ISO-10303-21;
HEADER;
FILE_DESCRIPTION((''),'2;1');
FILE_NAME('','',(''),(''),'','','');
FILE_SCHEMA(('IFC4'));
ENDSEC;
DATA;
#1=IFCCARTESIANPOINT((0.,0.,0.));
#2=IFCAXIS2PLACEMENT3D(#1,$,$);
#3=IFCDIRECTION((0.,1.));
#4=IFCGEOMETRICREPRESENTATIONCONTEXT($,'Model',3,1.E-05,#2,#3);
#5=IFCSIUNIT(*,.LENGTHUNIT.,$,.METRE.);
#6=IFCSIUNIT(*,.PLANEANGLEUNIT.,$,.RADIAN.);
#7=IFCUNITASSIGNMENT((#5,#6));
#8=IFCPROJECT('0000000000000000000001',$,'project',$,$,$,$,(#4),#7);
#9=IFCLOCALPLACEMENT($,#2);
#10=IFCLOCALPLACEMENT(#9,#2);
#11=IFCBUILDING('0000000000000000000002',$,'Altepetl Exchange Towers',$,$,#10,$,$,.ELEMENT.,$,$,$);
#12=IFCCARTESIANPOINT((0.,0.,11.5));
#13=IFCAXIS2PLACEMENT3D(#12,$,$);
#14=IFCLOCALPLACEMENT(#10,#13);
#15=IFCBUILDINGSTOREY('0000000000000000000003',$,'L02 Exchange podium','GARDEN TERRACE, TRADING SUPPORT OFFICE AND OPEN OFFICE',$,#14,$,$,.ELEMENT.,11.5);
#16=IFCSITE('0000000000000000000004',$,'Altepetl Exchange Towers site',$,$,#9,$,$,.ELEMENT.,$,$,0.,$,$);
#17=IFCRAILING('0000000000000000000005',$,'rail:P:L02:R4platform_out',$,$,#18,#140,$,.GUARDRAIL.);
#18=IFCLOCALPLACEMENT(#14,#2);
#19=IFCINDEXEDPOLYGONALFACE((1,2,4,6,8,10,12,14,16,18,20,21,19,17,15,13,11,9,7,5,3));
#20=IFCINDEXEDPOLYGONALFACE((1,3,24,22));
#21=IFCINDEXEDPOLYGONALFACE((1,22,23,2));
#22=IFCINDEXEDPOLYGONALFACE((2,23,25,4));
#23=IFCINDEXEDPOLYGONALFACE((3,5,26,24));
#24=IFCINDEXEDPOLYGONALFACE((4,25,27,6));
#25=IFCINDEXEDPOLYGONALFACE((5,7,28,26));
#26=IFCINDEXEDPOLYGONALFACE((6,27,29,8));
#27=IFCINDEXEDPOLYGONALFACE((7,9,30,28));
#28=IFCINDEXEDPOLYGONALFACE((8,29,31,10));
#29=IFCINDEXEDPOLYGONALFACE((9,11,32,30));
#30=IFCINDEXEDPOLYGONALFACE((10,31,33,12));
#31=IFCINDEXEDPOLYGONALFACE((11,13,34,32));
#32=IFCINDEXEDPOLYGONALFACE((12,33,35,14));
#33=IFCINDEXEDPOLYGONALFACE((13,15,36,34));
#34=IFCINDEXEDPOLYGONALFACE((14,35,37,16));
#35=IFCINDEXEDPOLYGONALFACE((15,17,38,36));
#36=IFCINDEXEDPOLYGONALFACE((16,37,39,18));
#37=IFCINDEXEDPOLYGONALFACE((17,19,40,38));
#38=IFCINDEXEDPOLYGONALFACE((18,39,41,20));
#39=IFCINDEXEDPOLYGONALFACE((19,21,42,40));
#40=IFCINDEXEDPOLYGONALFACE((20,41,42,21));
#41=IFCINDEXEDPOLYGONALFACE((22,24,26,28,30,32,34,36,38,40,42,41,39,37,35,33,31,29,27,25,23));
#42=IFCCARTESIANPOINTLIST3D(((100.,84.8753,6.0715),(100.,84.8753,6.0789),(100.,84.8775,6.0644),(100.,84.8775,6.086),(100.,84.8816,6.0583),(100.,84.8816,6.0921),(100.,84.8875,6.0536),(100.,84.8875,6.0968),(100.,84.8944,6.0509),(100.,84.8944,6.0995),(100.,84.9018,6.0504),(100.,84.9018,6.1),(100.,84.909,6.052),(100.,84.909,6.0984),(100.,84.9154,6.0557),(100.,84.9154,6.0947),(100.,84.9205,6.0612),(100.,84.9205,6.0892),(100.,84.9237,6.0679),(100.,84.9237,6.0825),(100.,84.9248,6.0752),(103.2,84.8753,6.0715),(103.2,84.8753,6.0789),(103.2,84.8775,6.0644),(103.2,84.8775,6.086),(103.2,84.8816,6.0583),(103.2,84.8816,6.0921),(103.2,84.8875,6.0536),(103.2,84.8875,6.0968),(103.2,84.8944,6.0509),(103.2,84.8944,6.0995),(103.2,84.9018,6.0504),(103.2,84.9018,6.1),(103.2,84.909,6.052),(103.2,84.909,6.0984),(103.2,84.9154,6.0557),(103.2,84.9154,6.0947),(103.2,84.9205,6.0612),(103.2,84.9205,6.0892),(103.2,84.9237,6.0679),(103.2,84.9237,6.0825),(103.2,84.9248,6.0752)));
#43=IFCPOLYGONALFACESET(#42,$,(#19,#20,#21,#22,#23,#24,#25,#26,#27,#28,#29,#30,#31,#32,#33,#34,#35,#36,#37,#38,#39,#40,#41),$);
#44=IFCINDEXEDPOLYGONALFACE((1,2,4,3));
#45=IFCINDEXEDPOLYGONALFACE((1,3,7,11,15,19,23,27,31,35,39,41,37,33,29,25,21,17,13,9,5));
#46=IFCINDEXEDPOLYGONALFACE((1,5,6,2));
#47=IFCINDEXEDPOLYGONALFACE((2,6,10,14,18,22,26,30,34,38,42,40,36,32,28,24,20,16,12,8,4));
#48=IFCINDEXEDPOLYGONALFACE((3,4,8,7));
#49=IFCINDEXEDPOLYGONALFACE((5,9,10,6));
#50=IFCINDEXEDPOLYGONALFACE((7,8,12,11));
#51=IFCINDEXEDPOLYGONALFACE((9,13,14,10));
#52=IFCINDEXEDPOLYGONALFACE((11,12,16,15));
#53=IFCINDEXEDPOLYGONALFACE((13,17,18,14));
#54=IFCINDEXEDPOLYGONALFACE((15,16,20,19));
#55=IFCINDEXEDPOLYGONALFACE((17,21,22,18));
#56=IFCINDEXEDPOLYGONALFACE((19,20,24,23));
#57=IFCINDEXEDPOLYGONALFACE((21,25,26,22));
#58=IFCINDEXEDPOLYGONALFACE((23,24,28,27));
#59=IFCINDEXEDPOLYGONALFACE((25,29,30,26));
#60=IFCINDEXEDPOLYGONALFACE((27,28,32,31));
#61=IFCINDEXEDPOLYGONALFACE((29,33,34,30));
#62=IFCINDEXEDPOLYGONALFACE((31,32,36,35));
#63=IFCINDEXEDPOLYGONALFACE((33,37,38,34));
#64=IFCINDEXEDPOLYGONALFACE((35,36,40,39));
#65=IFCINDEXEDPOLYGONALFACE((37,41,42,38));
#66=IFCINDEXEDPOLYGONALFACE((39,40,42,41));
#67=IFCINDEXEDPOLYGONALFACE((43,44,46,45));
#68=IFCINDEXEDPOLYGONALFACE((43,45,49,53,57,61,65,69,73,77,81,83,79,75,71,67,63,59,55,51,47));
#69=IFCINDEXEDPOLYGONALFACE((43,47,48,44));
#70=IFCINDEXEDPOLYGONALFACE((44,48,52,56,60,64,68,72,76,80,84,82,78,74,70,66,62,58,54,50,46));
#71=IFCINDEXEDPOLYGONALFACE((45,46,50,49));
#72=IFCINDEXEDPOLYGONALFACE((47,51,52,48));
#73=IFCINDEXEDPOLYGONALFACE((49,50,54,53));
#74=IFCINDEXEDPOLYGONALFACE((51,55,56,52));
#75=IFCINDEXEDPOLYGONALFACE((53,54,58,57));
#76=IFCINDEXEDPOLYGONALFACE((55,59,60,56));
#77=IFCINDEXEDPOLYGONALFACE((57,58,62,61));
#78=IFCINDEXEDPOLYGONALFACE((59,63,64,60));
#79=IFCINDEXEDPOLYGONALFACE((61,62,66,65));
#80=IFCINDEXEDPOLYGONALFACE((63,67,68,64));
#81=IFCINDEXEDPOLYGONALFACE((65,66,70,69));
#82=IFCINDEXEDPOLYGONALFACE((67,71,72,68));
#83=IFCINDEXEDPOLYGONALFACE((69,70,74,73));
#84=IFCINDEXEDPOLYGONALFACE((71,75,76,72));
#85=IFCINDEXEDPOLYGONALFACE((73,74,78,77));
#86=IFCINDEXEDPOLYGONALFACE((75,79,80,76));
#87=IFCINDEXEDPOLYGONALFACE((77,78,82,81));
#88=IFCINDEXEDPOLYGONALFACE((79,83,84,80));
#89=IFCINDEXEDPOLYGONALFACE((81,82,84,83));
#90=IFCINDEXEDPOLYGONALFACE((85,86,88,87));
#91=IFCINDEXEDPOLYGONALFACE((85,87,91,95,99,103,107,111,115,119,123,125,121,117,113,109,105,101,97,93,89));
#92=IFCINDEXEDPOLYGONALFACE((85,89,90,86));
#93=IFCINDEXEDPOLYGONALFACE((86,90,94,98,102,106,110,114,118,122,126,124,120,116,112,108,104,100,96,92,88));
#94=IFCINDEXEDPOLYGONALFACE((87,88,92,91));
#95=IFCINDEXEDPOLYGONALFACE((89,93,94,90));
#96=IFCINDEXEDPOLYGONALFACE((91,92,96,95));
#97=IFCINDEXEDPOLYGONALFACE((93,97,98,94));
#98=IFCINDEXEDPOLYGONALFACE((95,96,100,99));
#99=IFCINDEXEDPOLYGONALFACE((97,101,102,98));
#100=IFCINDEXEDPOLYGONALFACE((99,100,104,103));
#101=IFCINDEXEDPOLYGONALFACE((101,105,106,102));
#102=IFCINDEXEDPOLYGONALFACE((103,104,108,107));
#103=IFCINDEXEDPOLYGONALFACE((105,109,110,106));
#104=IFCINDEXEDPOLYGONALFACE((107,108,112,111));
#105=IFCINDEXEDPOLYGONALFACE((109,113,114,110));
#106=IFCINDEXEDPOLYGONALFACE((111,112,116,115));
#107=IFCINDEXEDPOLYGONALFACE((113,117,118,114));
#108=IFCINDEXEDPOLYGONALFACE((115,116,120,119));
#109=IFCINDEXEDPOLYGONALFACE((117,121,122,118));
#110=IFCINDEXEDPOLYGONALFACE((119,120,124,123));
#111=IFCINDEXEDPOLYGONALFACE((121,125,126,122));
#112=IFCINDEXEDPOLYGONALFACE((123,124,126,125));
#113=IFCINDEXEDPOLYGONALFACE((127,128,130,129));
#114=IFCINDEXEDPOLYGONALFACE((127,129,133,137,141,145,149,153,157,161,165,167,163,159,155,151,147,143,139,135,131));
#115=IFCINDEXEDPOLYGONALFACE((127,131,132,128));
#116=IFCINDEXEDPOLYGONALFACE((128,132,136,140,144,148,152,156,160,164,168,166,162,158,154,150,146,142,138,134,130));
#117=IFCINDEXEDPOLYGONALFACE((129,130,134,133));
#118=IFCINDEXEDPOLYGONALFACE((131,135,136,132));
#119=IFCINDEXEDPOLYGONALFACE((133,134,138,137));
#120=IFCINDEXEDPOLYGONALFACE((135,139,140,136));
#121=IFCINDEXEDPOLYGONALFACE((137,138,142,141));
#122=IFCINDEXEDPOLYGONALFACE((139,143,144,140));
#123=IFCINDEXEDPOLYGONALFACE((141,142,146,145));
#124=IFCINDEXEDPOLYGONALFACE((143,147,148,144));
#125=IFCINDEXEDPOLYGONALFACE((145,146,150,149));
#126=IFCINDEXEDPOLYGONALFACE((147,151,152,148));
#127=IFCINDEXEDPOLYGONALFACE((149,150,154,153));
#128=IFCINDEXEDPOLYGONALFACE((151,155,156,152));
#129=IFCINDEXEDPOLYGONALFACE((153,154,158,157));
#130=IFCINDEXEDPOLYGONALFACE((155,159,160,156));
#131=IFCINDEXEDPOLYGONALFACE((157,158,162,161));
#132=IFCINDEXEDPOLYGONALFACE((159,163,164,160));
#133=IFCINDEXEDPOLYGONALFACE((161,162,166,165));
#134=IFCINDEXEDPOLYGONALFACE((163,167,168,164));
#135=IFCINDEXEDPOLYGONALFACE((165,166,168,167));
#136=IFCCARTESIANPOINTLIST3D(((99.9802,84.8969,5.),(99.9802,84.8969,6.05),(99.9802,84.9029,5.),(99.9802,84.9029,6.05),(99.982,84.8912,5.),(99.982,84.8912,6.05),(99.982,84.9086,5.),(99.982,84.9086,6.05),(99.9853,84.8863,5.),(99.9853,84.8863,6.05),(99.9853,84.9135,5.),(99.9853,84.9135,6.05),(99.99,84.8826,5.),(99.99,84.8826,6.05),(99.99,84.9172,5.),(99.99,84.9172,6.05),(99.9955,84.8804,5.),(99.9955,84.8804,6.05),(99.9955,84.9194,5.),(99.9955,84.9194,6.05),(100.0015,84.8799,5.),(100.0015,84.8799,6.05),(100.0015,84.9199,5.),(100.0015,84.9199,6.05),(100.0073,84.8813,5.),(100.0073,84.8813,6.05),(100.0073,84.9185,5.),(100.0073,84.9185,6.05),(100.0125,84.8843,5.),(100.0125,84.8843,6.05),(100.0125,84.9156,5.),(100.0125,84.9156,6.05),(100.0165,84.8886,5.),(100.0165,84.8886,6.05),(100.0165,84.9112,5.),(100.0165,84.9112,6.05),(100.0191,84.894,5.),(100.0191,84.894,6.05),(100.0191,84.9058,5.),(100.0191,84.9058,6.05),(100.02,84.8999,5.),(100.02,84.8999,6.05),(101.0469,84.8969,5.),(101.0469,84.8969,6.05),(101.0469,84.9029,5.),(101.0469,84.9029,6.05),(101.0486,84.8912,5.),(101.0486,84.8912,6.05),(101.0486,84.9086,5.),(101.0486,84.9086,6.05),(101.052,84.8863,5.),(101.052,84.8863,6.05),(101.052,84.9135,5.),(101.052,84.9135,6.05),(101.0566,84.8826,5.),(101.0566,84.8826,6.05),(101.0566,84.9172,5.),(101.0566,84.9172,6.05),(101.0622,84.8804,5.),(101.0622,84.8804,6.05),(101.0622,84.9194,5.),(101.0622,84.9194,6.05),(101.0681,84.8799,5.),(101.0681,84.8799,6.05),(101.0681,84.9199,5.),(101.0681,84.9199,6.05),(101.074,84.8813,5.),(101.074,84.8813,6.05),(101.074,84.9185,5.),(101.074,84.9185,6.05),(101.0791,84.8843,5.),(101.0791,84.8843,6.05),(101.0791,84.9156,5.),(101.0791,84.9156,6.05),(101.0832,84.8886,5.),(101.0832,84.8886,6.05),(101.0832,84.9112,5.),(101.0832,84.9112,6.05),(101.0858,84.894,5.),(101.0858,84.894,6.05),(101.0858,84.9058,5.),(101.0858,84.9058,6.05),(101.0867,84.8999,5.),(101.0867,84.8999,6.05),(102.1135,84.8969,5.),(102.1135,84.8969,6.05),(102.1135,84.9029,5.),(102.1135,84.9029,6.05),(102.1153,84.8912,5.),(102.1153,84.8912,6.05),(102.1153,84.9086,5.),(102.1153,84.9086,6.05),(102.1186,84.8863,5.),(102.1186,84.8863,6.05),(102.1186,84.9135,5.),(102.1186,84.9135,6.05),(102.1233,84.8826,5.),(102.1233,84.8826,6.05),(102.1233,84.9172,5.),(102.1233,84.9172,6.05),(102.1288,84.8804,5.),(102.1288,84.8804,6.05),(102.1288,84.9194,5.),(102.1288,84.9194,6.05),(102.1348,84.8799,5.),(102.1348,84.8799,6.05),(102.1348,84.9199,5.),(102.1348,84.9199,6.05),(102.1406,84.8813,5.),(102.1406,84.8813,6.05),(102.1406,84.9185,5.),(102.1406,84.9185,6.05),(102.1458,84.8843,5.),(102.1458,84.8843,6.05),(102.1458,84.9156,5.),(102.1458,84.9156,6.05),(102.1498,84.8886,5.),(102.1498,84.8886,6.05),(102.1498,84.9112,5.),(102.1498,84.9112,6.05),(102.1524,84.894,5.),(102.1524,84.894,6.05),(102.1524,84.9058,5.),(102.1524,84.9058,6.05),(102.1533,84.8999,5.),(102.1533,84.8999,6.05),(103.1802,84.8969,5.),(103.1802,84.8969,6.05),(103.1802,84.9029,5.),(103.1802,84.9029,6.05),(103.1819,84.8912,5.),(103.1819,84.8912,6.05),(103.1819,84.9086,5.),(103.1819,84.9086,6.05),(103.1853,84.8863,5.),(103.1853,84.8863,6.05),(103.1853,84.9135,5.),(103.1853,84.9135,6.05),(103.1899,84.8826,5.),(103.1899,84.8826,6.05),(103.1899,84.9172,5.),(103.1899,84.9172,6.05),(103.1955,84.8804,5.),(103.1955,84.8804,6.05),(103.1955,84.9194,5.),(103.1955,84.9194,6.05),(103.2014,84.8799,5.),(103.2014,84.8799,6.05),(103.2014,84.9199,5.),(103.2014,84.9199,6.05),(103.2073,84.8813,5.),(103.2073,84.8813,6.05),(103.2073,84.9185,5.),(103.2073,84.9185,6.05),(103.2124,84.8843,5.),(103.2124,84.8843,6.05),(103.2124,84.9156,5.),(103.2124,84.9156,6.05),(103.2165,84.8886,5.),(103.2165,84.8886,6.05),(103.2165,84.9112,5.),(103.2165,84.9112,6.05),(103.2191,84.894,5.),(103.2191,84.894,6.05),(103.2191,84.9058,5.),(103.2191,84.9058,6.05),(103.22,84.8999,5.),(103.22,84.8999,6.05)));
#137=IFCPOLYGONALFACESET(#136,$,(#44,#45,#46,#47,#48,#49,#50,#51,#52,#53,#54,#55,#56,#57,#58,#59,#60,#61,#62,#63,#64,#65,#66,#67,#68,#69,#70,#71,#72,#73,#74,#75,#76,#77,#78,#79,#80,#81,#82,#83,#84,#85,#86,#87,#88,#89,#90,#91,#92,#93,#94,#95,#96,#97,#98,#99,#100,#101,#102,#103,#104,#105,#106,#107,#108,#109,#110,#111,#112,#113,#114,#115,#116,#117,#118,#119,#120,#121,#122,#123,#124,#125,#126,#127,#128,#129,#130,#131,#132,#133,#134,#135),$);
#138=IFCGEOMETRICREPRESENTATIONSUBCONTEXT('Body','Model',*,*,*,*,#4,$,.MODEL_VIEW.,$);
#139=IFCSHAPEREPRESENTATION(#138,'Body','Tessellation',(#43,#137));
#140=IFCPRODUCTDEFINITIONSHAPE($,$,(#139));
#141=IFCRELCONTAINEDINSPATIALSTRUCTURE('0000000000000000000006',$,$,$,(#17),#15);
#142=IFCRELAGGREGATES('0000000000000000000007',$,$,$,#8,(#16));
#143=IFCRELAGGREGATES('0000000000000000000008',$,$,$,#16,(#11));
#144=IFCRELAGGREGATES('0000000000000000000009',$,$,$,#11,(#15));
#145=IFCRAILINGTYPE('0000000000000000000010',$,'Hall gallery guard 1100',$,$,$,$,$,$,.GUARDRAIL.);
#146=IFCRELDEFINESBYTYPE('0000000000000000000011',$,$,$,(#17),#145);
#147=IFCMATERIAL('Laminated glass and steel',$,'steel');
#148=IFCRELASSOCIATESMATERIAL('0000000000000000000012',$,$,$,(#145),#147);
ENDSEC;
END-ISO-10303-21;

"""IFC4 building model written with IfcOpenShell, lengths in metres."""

from ifc_helpers import new_model, si_unit, direction, frame, origin, origin_2d, place, context, subcontext, project, spatial, circle, extrude, source, transform, mapped, material, type_object, element, save


model = new_model("IFC4")

# Units and contexts
model_context = context("Model", 3, precision=1e-05, world=origin(), true_north=direction((0.0, 1.0)))
body_context = subcontext(model_context, "Body", "Model", "MODEL_VIEW")
ifc_project = project(units=[si_unit("LENGTHUNIT", "METRE"), si_unit("PLANEANGLEUNIT", "RADIAN")], contexts=[model_context])

# Site, building, storey
site_placement = place(None, origin())
site = spatial("IfcSite", under=ifc_project, at=site_placement, Name="Altepetl Exchange Towers site", CompositionType="ELEMENT", RefElevation=0.0)
building_placement = place(site_placement, origin())
building = spatial("IfcBuilding", under=site, at=building_placement, Name="Altepetl Exchange Towers", CompositionType="ELEMENT")
storey_placement = place(building_placement, frame((0.0, 0.0, 11.5)))
storey = spatial("IfcBuildingStorey", under=building, at=storey_placement, Name="L02 Exchange podium", Description="GARDEN TERRACE, TRADING SUPPORT OFFICE AND OPEN OFFICE", CompositionType="ELEMENT", Elevation=11.5)

# Railing
ifc_material_1 = material(Name="Laminated glass and steel", Category="steel")
railing_type = type_object("IfcRailingType", Name="Hall gallery guard 1100", PredefinedType="GUARDRAIL", material=ifc_material_1)
shared_shape = source(origin(), body_context, "Body", "SweptSolid", [
    extrude(circle(Radius=0.02, at=origin_2d()), origin(), (0.0, 0.0, 1.0), 1.05),
])
railing_1_placement = place(storey_placement, frame((100.0, 84.8999, 5.0)))
element("IfcRailing", 1, at=railing_1_placement, inside=storey, type_object=railing_type, Name="rail:P:L02:R4platform_out", PredefinedType="GUARDRAIL", context=body_context, shape_type="SweptSolid", body=[
    extrude(circle(Radius=0.0249, at=origin_2d()), frame((0.0, 0.0, 1.0752), z_axis=(1.0, 0.0, 0.0), x_axis=(0.0, 1.0, 0.0)), (0.0, 0.0, 1.0), 3.2),
    mapped(shared_shape, transform((0.0, 0.0, 0.0))),
    mapped(shared_shape, transform((1.0667, 0.0, 0.0))),
    mapped(shared_shape, transform((2.1333, 0.0, 0.0))),
    mapped(shared_shape, transform((3.2, 0.0, 0.0))),
])

save(model, "model.ifc")
